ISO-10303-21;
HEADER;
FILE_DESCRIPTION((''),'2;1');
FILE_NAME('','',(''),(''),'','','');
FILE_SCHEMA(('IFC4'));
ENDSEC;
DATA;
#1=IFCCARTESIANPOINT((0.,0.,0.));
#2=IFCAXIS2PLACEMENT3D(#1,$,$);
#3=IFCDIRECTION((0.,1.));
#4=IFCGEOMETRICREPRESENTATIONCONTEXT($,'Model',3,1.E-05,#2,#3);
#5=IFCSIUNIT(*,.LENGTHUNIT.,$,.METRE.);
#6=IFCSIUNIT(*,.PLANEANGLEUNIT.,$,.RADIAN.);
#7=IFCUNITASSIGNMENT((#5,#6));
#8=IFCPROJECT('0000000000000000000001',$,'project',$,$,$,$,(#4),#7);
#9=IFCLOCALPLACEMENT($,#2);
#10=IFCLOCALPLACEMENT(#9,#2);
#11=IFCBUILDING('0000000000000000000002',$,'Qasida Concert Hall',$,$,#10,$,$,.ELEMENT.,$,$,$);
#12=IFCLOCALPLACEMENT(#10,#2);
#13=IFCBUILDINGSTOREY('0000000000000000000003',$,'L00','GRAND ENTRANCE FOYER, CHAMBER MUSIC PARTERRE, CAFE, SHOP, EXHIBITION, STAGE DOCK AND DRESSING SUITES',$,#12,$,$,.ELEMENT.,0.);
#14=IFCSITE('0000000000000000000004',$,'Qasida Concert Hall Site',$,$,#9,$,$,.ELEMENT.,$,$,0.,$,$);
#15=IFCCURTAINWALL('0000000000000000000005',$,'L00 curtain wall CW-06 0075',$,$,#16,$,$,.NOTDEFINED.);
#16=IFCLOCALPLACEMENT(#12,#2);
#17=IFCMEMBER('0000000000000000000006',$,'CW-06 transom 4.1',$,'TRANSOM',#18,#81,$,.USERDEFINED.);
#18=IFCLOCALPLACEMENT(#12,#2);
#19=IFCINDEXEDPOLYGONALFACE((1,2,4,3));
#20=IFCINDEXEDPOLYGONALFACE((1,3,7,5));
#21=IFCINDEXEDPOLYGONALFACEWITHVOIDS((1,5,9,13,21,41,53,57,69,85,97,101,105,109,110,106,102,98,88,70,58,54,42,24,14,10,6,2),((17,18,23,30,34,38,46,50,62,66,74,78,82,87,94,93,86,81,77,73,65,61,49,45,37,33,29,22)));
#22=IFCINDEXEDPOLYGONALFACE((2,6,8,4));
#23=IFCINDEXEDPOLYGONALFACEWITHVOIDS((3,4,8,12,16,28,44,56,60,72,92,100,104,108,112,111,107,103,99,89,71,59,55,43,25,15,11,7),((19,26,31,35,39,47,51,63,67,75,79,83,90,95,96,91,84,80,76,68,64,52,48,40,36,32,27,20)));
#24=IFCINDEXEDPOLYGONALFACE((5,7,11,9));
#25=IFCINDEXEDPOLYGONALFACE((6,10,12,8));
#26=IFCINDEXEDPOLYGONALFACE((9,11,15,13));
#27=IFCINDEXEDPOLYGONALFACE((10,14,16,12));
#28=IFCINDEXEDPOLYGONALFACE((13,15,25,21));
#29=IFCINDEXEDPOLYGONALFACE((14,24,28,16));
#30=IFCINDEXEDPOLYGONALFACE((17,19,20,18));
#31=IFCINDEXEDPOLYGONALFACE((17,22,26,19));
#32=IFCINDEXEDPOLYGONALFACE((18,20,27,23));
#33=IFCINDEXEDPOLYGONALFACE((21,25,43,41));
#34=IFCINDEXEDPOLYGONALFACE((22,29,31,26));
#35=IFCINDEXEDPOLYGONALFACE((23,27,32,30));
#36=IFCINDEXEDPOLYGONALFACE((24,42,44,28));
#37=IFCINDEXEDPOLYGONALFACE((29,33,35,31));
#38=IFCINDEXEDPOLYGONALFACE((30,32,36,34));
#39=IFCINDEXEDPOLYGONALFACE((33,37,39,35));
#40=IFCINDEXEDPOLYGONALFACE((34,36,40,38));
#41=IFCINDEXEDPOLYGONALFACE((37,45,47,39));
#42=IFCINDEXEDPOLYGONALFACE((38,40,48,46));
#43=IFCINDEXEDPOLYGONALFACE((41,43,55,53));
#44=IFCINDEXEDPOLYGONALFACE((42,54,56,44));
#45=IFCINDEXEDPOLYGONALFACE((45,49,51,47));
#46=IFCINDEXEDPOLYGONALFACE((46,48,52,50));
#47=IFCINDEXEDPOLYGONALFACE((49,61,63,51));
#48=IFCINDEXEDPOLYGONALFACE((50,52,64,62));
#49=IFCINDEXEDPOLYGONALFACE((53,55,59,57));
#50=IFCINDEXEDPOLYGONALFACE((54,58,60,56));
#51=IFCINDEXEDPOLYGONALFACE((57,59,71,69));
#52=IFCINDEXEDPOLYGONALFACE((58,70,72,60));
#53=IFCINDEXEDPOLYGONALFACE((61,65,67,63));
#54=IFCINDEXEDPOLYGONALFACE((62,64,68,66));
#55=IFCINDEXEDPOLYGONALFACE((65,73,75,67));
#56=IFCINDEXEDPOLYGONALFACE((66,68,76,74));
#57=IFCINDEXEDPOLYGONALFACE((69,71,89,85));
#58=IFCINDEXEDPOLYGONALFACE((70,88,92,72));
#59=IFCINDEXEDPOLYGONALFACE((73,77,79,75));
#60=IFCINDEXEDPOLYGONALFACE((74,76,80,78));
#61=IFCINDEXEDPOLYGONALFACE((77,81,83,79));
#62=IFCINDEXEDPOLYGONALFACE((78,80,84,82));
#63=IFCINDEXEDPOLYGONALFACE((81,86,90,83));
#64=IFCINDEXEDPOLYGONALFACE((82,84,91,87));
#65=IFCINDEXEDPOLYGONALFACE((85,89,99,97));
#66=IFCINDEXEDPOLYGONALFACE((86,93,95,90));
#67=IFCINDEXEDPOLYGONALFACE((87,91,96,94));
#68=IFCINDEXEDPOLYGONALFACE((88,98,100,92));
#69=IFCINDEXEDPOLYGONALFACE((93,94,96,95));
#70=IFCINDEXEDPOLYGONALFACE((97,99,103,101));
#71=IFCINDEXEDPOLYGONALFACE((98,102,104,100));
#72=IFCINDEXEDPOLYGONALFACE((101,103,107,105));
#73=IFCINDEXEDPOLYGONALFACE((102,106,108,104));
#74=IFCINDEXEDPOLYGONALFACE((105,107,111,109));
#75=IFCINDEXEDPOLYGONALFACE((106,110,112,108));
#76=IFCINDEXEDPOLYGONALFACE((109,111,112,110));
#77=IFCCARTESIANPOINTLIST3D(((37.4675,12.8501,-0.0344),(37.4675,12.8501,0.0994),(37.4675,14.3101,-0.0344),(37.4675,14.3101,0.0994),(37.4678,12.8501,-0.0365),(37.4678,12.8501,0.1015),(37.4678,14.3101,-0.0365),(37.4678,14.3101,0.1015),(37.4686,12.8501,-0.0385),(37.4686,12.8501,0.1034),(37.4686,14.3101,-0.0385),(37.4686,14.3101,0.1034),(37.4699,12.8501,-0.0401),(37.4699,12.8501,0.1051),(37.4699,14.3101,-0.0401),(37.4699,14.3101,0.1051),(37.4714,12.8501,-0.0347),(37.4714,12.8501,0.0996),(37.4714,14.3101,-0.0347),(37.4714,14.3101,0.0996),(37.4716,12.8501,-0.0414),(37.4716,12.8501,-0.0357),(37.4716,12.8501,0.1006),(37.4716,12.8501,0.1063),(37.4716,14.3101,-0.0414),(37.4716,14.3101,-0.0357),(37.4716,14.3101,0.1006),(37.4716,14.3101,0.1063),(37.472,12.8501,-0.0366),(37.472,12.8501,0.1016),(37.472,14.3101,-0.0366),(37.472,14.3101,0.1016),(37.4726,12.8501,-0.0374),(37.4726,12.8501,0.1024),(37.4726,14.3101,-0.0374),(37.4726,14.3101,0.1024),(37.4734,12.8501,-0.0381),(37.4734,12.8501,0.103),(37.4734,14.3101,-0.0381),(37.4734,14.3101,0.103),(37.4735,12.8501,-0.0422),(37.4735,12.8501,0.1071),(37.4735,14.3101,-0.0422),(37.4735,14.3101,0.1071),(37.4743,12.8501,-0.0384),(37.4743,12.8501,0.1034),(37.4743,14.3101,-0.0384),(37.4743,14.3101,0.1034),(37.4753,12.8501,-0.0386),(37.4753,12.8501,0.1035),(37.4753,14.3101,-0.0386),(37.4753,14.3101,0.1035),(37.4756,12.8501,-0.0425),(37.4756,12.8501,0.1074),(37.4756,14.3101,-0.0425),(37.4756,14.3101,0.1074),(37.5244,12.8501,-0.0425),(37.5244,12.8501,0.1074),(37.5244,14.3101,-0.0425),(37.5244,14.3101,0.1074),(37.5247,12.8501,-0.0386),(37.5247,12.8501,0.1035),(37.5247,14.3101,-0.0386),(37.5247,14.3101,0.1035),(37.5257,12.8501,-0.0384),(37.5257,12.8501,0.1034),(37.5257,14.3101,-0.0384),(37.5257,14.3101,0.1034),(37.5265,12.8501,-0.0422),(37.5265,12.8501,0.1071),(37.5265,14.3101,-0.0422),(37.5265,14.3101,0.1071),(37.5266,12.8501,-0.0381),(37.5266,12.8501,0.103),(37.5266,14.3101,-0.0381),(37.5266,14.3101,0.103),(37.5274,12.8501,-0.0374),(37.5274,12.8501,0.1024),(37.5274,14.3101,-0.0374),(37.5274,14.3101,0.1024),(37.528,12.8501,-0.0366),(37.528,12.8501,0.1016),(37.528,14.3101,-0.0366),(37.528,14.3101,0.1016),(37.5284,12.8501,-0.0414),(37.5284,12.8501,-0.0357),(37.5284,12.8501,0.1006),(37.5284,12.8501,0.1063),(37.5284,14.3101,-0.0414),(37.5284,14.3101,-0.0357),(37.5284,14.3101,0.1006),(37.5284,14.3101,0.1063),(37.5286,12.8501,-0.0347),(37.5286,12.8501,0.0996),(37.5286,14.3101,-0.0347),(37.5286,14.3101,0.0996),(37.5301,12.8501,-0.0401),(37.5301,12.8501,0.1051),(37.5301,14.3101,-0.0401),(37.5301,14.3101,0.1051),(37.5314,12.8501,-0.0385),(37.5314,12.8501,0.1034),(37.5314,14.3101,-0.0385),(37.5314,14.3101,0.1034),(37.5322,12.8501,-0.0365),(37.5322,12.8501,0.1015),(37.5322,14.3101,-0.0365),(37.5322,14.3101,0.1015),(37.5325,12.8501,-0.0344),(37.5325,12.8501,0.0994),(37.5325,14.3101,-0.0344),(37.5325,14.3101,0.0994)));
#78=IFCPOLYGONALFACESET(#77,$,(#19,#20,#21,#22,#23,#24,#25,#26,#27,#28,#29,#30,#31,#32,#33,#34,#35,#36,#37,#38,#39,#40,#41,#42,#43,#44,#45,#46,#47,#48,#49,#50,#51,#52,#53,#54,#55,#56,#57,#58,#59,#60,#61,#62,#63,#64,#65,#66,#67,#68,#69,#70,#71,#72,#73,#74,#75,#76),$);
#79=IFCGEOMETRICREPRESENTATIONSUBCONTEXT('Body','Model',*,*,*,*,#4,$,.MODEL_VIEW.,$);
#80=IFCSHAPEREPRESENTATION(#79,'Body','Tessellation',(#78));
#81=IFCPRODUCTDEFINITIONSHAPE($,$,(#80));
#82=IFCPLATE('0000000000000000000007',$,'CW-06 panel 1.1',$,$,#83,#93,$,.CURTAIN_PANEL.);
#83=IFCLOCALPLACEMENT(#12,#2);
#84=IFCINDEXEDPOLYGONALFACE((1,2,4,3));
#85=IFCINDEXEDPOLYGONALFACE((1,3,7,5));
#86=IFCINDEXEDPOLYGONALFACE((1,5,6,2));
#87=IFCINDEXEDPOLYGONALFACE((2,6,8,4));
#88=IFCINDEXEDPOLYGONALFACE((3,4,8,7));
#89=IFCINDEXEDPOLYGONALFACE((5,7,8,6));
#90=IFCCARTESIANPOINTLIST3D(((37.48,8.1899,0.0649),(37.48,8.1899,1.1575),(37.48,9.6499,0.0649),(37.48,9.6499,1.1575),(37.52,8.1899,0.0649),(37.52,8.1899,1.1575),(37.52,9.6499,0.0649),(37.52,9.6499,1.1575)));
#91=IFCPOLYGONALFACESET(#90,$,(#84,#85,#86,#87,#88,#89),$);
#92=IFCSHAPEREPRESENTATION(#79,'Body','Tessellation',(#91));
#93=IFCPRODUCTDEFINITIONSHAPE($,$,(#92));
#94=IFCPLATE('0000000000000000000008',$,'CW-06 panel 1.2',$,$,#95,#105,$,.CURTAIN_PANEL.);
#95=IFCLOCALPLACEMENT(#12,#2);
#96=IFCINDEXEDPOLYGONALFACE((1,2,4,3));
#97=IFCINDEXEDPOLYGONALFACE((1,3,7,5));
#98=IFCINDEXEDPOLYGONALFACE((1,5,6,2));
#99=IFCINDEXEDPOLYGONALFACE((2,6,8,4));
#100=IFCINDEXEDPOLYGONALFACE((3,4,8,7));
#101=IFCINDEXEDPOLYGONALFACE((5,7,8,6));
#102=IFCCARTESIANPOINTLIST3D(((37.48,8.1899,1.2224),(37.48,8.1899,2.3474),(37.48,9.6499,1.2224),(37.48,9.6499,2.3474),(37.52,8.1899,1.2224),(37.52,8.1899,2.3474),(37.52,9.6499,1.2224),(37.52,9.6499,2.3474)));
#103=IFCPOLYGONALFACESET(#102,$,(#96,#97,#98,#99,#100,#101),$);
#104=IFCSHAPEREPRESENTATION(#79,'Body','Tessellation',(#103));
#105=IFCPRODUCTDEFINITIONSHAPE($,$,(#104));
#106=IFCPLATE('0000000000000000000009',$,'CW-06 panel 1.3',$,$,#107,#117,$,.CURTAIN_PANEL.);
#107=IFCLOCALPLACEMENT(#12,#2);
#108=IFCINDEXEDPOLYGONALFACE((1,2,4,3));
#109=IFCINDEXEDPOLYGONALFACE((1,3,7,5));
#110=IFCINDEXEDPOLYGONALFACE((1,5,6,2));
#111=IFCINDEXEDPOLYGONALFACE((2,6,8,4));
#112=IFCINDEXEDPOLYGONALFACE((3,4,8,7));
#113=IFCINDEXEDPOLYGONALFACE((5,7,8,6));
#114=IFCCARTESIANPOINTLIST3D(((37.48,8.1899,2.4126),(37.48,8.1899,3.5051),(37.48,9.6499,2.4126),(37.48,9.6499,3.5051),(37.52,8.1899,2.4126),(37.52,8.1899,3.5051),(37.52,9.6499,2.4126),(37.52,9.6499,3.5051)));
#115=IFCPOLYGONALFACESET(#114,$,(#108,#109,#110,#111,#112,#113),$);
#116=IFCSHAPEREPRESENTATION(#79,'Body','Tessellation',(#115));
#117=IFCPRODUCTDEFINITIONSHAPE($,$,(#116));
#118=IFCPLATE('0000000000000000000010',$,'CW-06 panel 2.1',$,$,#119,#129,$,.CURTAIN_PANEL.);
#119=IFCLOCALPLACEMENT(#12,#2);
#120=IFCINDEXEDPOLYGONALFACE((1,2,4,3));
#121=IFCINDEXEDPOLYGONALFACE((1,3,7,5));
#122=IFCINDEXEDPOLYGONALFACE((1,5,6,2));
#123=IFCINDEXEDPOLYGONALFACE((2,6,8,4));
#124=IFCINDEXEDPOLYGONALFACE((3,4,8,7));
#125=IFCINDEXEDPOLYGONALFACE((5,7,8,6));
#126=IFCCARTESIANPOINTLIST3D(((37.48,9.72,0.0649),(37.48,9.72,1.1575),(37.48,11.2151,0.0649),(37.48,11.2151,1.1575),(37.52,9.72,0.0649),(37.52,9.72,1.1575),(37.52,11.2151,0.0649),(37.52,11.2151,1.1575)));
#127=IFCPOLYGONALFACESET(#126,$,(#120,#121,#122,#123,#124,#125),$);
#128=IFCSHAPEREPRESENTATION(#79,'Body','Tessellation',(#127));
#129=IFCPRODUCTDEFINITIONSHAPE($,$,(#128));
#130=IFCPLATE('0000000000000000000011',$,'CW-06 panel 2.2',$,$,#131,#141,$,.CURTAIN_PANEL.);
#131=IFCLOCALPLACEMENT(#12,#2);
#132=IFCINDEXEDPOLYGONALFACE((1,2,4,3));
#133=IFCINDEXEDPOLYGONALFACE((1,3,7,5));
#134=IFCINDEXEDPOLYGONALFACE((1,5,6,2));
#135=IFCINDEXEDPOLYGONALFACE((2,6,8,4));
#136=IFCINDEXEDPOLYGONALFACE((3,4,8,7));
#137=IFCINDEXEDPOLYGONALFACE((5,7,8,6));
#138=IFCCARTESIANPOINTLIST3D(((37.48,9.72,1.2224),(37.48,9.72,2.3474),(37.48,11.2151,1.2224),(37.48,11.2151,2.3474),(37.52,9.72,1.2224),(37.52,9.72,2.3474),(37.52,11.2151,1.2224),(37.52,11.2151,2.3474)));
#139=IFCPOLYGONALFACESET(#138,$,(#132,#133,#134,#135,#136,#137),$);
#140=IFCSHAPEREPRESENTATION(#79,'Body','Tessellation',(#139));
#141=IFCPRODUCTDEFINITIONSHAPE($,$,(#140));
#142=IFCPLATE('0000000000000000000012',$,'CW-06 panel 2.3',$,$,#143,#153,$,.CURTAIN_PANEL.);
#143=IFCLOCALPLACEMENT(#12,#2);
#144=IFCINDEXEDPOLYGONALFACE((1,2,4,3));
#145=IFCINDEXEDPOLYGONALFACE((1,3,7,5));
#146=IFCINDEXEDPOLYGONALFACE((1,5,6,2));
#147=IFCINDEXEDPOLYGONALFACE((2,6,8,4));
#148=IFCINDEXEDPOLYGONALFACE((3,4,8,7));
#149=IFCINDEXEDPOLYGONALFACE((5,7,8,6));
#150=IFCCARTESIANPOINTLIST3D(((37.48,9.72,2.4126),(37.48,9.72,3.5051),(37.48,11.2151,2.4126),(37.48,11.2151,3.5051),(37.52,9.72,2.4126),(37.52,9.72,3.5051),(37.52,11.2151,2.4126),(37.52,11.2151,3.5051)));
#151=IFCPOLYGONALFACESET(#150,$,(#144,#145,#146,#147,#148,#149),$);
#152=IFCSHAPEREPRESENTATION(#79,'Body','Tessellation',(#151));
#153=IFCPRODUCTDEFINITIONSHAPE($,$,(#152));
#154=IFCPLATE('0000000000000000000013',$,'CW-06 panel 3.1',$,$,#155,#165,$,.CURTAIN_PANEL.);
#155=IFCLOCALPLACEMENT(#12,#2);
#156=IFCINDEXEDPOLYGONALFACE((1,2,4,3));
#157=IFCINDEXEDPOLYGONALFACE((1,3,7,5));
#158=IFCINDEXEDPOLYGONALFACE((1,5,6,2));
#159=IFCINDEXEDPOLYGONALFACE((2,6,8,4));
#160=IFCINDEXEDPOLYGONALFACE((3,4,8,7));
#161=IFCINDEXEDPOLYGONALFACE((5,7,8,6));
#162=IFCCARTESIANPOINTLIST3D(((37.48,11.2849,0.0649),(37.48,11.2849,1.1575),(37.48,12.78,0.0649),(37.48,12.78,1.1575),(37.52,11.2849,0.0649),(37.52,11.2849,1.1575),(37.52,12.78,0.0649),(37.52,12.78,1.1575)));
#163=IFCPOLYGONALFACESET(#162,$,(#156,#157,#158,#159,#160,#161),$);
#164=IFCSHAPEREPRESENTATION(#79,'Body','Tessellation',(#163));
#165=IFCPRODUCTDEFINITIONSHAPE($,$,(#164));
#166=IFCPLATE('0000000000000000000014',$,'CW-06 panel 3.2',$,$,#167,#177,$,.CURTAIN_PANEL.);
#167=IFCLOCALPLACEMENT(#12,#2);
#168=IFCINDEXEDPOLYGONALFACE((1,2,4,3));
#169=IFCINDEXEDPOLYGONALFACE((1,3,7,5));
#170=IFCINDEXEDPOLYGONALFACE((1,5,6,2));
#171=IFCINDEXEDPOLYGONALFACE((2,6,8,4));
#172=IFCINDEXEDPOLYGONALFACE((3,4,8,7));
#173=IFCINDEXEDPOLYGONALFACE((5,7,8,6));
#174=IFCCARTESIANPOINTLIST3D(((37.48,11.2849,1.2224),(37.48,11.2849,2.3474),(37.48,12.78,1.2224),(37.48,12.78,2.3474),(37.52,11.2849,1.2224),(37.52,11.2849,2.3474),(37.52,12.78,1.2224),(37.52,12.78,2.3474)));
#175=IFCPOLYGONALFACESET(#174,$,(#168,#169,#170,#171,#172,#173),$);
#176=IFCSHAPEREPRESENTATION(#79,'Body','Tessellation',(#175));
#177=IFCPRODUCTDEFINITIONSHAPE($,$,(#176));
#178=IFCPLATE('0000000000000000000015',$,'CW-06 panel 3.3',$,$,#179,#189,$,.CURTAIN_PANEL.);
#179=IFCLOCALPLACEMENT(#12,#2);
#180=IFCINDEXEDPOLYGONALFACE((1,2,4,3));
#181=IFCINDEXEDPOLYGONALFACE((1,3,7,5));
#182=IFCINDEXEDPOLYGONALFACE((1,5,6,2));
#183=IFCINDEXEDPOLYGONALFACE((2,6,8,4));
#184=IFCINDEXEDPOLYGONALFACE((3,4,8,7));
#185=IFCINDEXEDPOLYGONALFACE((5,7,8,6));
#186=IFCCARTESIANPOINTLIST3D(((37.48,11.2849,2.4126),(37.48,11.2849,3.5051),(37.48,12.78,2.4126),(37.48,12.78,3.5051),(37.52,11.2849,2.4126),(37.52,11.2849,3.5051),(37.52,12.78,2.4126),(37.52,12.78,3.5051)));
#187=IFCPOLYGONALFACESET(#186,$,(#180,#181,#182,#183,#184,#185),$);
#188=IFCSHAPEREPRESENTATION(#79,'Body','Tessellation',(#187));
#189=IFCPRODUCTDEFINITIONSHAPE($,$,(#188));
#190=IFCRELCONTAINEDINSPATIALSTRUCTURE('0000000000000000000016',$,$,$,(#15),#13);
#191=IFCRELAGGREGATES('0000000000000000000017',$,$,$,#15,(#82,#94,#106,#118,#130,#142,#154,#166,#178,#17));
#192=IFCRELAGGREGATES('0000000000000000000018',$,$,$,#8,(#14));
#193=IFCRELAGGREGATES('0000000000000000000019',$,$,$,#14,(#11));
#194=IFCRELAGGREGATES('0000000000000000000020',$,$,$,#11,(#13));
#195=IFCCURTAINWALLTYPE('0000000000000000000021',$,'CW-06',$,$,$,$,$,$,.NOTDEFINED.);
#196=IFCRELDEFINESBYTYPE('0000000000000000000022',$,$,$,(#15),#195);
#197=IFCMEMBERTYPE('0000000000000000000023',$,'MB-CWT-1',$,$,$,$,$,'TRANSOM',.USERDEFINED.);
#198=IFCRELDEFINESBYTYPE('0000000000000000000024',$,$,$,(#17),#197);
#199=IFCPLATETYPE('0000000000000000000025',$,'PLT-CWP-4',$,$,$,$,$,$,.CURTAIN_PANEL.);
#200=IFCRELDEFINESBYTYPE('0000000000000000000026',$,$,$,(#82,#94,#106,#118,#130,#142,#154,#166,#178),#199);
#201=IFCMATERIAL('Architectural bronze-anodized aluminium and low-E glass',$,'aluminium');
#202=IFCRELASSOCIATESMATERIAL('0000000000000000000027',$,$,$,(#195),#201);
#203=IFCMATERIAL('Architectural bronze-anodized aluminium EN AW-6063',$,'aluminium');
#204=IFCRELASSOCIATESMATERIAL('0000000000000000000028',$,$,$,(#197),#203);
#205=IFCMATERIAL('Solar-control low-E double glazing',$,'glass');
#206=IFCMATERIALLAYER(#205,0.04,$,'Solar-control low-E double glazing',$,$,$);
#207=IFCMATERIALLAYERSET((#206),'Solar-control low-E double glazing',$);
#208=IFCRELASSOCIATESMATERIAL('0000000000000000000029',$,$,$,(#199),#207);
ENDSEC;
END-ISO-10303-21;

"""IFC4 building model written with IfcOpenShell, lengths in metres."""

from ifc_helpers import new_model, si_unit, direction, frame, origin, origin_2d, place, context, subcontext, project, spatial, rectangle, hollow_rectangle, extrude, material, layer, layer_set, material_profile, profile_set, type_object, element, aggregate, save


model = new_model("IFC4")

# Units and contexts
model_context = context("Model", 3, precision=1e-05, world=origin(), true_north=direction((0.0, 1.0)))
body_context = subcontext(model_context, "Body", "Model", "MODEL_VIEW")
ifc_project = project(units=[si_unit("LENGTHUNIT", "METRE"), si_unit("PLANEANGLEUNIT", "RADIAN")], contexts=[model_context])

# Site, building, storey
site_placement = place(None, origin())
site = spatial("IfcSite", under=ifc_project, at=site_placement, Name="Qasida Concert Hall Site", CompositionType="ELEMENT", RefElevation=0.0)
building_placement = place(site_placement, origin())
building = spatial("IfcBuilding", under=site, at=building_placement, Name="Qasida Concert Hall", CompositionType="ELEMENT")
storey_placement = place(building_placement, origin())
storey = spatial("IfcBuildingStorey", under=building, at=storey_placement, Name="L00", Description="GRAND ENTRANCE FOYER, CHAMBER MUSIC PARTERRE, CAFE, SHOP, EXHIBITION, STAGE DOCK AND DRESSING SUITES", CompositionType="ELEMENT", Elevation=0.0)

# Curtain wall, member, plates
ifc_material_1 = material(Name="Architectural bronze-anodized aluminium and low-E glass", Category="aluminium")
curtain_wall_type = type_object("IfcCurtainWallType", Name="CW-06", PredefinedType="NOTDEFINED", material=ifc_material_1)
curtain_wall_placement = place(storey_placement, origin())
curtain_wall = element("IfcCurtainWall", 1, at=curtain_wall_placement, inside=storey, type_object=curtain_wall_type, Name="L00 curtain wall CW-06 0075", PredefinedType="NOTDEFINED")
ifc_material_2 = material(Name="Architectural bronze-anodized aluminium EN AW-6063", Category="aluminium")
ifc_material_profile_1 = material_profile(ifc_material_2, hollow_rectangle(XDim=0.0649, YDim=0.1499, WallThickness=0.0039, InnerFilletRadius=0.0039, OuterFilletRadius=0.0081, at=origin_2d()), Name="CWT 150x65x4")
ifc_profile_set_1 = profile_set([ifc_material_profile_1], Name="Architectural bronze-anodized aluminium EN AW-6063")
member_type_1 = type_object("IfcMemberType", Name="MB-CWT-1", ElementType="TRANSOM", PredefinedType="USERDEFINED", material=ifc_profile_set_1)
member_1_placement = place(storey_placement, frame((37.5, 12.8501, 0.0325), z_axis=(0.0, 1.0, 0.0), x_axis=(-1.0, 0.0, 0.0)))
member_1 = element("IfcMember", 2, at=member_1_placement, type_object=member_type_1, Name="CW-06 transom 4.1", ObjectType="TRANSOM", PredefinedType="USERDEFINED", context=body_context, shape_type="SweptSolid", body=[
    extrude(hollow_rectangle(XDim=0.0649, YDim=0.1499, WallThickness=0.0039, InnerFilletRadius=0.0039, OuterFilletRadius=0.0081, at=origin_2d()), origin(), (0.0, 0.0, 1.0), 1.46),
])
ifc_material_3 = material(Name="Solar-control low-E double glazing", Category="glass")
ifc_layer = layer(ifc_material_3, 0.04, Name="Solar-control low-E double glazing")
ifc_layer_set = layer_set([ifc_layer], Name="Solar-control low-E double glazing")
plate_type = type_object("IfcPlateType", Name="PLT-CWP-4", PredefinedType="CURTAIN_PANEL", material=ifc_layer_set)
plate_1_placement = place(storey_placement, frame((37.5, 8.9199, 0.0649), z_axis=(0.0, 0.0, 1.0), x_axis=(0.0, 1.0, 0.0)))
plate_1 = element("IfcPlate", 3, at=plate_1_placement, type_object=plate_type, Name="CW-06 panel 1.1", PredefinedType="CURTAIN_PANEL", context=body_context, shape_type="SweptSolid", body=[
    extrude(rectangle(XDim=1.46, YDim=0.04, at=origin_2d()), origin(), (0.0, 0.0, 1.0), 1.0925),
])
plate_2_placement = place(storey_placement, frame((37.5, 8.9199, 1.2224), z_axis=(0.0, 0.0, 1.0), x_axis=(0.0, 1.0, 0.0)))
plate_2 = element("IfcPlate", 4, at=plate_2_placement, type_object=plate_type, Name="CW-06 panel 1.2", PredefinedType="CURTAIN_PANEL", context=body_context, shape_type="SweptSolid", body=[
    extrude(rectangle(XDim=1.46, YDim=0.04, at=origin_2d()), origin(), (0.0, 0.0, 1.0), 1.125),
])
plate_3_placement = place(storey_placement, frame((37.5, 8.9199, 2.4126), z_axis=(0.0, 0.0, 1.0), x_axis=(0.0, 1.0, 0.0)))
plate_3 = element("IfcPlate", 5, at=plate_3_placement, type_object=plate_type, Name="CW-06 panel 1.3", PredefinedType="CURTAIN_PANEL", context=body_context, shape_type="SweptSolid", body=[
    extrude(rectangle(XDim=1.46, YDim=0.04, at=origin_2d()), origin(), (0.0, 0.0, 1.0), 1.0925),
])
plate_4_placement = place(storey_placement, frame((37.5, 10.4675, 0.0649), z_axis=(0.0, 0.0, 1.0), x_axis=(0.0, 1.0, 0.0)))
plate_4 = element("IfcPlate", 6, at=plate_4_placement, type_object=plate_type, Name="CW-06 panel 2.1", PredefinedType="CURTAIN_PANEL", context=body_context, shape_type="SweptSolid", body=[
    extrude(rectangle(XDim=1.4951, YDim=0.04, at=origin_2d()), origin(), (0.0, 0.0, 1.0), 1.0925),
])
plate_5_placement = place(storey_placement, frame((37.5, 10.4675, 1.2224), z_axis=(0.0, 0.0, 1.0), x_axis=(0.0, 1.0, 0.0)))
plate_5 = element("IfcPlate", 7, at=plate_5_placement, type_object=plate_type, Name="CW-06 panel 2.2", PredefinedType="CURTAIN_PANEL", context=body_context, shape_type="SweptSolid", body=[
    extrude(rectangle(XDim=1.4951, YDim=0.04, at=origin_2d()), origin(), (0.0, 0.0, 1.0), 1.125),
])
plate_6_placement = place(storey_placement, frame((37.5, 10.4675, 2.4126), z_axis=(0.0, 0.0, 1.0), x_axis=(0.0, 1.0, 0.0)))
plate_6 = element("IfcPlate", 8, at=plate_6_placement, type_object=plate_type, Name="CW-06 panel 2.3", PredefinedType="CURTAIN_PANEL", context=body_context, shape_type="SweptSolid", body=[
    extrude(rectangle(XDim=1.4951, YDim=0.04, at=origin_2d()), origin(), (0.0, 0.0, 1.0), 1.0925),
])
plate_7_placement = place(storey_placement, frame((37.5, 12.0325, 0.0649), z_axis=(0.0, 0.0, 1.0), x_axis=(0.0, 1.0, 0.0)))
plate_7 = element("IfcPlate", 9, at=plate_7_placement, type_object=plate_type, Name="CW-06 panel 3.1", PredefinedType="CURTAIN_PANEL", context=body_context, shape_type="SweptSolid", body=[
    extrude(rectangle(XDim=1.4951, YDim=0.04, at=origin_2d()), origin(), (0.0, 0.0, 1.0), 1.0925),
])
plate_8_placement = place(storey_placement, frame((37.5, 12.0325, 1.2224), z_axis=(0.0, 0.0, 1.0), x_axis=(0.0, 1.0, 0.0)))
plate_8 = element("IfcPlate", 10, at=plate_8_placement, type_object=plate_type, Name="CW-06 panel 3.2", PredefinedType="CURTAIN_PANEL", context=body_context, shape_type="SweptSolid", body=[
    extrude(rectangle(XDim=1.4951, YDim=0.04, at=origin_2d()), origin(), (0.0, 0.0, 1.0), 1.125),
])
plate_9_placement = place(storey_placement, frame((37.5, 12.0325, 2.4126), z_axis=(0.0, 0.0, 1.0), x_axis=(0.0, 1.0, 0.0)))
plate_9 = element("IfcPlate", 11, at=plate_9_placement, type_object=plate_type, Name="CW-06 panel 3.3", PredefinedType="CURTAIN_PANEL", context=body_context, shape_type="SweptSolid", body=[
    extrude(rectangle(XDim=1.4951, YDim=0.04, at=origin_2d()), origin(), (0.0, 0.0, 1.0), 1.0925),
])
aggregate(curtain_wall, [plate_1, plate_2, plate_3, plate_4, plate_5, plate_6, plate_7, plate_8, plate_9, member_1])

save(model, "model.ifc")
